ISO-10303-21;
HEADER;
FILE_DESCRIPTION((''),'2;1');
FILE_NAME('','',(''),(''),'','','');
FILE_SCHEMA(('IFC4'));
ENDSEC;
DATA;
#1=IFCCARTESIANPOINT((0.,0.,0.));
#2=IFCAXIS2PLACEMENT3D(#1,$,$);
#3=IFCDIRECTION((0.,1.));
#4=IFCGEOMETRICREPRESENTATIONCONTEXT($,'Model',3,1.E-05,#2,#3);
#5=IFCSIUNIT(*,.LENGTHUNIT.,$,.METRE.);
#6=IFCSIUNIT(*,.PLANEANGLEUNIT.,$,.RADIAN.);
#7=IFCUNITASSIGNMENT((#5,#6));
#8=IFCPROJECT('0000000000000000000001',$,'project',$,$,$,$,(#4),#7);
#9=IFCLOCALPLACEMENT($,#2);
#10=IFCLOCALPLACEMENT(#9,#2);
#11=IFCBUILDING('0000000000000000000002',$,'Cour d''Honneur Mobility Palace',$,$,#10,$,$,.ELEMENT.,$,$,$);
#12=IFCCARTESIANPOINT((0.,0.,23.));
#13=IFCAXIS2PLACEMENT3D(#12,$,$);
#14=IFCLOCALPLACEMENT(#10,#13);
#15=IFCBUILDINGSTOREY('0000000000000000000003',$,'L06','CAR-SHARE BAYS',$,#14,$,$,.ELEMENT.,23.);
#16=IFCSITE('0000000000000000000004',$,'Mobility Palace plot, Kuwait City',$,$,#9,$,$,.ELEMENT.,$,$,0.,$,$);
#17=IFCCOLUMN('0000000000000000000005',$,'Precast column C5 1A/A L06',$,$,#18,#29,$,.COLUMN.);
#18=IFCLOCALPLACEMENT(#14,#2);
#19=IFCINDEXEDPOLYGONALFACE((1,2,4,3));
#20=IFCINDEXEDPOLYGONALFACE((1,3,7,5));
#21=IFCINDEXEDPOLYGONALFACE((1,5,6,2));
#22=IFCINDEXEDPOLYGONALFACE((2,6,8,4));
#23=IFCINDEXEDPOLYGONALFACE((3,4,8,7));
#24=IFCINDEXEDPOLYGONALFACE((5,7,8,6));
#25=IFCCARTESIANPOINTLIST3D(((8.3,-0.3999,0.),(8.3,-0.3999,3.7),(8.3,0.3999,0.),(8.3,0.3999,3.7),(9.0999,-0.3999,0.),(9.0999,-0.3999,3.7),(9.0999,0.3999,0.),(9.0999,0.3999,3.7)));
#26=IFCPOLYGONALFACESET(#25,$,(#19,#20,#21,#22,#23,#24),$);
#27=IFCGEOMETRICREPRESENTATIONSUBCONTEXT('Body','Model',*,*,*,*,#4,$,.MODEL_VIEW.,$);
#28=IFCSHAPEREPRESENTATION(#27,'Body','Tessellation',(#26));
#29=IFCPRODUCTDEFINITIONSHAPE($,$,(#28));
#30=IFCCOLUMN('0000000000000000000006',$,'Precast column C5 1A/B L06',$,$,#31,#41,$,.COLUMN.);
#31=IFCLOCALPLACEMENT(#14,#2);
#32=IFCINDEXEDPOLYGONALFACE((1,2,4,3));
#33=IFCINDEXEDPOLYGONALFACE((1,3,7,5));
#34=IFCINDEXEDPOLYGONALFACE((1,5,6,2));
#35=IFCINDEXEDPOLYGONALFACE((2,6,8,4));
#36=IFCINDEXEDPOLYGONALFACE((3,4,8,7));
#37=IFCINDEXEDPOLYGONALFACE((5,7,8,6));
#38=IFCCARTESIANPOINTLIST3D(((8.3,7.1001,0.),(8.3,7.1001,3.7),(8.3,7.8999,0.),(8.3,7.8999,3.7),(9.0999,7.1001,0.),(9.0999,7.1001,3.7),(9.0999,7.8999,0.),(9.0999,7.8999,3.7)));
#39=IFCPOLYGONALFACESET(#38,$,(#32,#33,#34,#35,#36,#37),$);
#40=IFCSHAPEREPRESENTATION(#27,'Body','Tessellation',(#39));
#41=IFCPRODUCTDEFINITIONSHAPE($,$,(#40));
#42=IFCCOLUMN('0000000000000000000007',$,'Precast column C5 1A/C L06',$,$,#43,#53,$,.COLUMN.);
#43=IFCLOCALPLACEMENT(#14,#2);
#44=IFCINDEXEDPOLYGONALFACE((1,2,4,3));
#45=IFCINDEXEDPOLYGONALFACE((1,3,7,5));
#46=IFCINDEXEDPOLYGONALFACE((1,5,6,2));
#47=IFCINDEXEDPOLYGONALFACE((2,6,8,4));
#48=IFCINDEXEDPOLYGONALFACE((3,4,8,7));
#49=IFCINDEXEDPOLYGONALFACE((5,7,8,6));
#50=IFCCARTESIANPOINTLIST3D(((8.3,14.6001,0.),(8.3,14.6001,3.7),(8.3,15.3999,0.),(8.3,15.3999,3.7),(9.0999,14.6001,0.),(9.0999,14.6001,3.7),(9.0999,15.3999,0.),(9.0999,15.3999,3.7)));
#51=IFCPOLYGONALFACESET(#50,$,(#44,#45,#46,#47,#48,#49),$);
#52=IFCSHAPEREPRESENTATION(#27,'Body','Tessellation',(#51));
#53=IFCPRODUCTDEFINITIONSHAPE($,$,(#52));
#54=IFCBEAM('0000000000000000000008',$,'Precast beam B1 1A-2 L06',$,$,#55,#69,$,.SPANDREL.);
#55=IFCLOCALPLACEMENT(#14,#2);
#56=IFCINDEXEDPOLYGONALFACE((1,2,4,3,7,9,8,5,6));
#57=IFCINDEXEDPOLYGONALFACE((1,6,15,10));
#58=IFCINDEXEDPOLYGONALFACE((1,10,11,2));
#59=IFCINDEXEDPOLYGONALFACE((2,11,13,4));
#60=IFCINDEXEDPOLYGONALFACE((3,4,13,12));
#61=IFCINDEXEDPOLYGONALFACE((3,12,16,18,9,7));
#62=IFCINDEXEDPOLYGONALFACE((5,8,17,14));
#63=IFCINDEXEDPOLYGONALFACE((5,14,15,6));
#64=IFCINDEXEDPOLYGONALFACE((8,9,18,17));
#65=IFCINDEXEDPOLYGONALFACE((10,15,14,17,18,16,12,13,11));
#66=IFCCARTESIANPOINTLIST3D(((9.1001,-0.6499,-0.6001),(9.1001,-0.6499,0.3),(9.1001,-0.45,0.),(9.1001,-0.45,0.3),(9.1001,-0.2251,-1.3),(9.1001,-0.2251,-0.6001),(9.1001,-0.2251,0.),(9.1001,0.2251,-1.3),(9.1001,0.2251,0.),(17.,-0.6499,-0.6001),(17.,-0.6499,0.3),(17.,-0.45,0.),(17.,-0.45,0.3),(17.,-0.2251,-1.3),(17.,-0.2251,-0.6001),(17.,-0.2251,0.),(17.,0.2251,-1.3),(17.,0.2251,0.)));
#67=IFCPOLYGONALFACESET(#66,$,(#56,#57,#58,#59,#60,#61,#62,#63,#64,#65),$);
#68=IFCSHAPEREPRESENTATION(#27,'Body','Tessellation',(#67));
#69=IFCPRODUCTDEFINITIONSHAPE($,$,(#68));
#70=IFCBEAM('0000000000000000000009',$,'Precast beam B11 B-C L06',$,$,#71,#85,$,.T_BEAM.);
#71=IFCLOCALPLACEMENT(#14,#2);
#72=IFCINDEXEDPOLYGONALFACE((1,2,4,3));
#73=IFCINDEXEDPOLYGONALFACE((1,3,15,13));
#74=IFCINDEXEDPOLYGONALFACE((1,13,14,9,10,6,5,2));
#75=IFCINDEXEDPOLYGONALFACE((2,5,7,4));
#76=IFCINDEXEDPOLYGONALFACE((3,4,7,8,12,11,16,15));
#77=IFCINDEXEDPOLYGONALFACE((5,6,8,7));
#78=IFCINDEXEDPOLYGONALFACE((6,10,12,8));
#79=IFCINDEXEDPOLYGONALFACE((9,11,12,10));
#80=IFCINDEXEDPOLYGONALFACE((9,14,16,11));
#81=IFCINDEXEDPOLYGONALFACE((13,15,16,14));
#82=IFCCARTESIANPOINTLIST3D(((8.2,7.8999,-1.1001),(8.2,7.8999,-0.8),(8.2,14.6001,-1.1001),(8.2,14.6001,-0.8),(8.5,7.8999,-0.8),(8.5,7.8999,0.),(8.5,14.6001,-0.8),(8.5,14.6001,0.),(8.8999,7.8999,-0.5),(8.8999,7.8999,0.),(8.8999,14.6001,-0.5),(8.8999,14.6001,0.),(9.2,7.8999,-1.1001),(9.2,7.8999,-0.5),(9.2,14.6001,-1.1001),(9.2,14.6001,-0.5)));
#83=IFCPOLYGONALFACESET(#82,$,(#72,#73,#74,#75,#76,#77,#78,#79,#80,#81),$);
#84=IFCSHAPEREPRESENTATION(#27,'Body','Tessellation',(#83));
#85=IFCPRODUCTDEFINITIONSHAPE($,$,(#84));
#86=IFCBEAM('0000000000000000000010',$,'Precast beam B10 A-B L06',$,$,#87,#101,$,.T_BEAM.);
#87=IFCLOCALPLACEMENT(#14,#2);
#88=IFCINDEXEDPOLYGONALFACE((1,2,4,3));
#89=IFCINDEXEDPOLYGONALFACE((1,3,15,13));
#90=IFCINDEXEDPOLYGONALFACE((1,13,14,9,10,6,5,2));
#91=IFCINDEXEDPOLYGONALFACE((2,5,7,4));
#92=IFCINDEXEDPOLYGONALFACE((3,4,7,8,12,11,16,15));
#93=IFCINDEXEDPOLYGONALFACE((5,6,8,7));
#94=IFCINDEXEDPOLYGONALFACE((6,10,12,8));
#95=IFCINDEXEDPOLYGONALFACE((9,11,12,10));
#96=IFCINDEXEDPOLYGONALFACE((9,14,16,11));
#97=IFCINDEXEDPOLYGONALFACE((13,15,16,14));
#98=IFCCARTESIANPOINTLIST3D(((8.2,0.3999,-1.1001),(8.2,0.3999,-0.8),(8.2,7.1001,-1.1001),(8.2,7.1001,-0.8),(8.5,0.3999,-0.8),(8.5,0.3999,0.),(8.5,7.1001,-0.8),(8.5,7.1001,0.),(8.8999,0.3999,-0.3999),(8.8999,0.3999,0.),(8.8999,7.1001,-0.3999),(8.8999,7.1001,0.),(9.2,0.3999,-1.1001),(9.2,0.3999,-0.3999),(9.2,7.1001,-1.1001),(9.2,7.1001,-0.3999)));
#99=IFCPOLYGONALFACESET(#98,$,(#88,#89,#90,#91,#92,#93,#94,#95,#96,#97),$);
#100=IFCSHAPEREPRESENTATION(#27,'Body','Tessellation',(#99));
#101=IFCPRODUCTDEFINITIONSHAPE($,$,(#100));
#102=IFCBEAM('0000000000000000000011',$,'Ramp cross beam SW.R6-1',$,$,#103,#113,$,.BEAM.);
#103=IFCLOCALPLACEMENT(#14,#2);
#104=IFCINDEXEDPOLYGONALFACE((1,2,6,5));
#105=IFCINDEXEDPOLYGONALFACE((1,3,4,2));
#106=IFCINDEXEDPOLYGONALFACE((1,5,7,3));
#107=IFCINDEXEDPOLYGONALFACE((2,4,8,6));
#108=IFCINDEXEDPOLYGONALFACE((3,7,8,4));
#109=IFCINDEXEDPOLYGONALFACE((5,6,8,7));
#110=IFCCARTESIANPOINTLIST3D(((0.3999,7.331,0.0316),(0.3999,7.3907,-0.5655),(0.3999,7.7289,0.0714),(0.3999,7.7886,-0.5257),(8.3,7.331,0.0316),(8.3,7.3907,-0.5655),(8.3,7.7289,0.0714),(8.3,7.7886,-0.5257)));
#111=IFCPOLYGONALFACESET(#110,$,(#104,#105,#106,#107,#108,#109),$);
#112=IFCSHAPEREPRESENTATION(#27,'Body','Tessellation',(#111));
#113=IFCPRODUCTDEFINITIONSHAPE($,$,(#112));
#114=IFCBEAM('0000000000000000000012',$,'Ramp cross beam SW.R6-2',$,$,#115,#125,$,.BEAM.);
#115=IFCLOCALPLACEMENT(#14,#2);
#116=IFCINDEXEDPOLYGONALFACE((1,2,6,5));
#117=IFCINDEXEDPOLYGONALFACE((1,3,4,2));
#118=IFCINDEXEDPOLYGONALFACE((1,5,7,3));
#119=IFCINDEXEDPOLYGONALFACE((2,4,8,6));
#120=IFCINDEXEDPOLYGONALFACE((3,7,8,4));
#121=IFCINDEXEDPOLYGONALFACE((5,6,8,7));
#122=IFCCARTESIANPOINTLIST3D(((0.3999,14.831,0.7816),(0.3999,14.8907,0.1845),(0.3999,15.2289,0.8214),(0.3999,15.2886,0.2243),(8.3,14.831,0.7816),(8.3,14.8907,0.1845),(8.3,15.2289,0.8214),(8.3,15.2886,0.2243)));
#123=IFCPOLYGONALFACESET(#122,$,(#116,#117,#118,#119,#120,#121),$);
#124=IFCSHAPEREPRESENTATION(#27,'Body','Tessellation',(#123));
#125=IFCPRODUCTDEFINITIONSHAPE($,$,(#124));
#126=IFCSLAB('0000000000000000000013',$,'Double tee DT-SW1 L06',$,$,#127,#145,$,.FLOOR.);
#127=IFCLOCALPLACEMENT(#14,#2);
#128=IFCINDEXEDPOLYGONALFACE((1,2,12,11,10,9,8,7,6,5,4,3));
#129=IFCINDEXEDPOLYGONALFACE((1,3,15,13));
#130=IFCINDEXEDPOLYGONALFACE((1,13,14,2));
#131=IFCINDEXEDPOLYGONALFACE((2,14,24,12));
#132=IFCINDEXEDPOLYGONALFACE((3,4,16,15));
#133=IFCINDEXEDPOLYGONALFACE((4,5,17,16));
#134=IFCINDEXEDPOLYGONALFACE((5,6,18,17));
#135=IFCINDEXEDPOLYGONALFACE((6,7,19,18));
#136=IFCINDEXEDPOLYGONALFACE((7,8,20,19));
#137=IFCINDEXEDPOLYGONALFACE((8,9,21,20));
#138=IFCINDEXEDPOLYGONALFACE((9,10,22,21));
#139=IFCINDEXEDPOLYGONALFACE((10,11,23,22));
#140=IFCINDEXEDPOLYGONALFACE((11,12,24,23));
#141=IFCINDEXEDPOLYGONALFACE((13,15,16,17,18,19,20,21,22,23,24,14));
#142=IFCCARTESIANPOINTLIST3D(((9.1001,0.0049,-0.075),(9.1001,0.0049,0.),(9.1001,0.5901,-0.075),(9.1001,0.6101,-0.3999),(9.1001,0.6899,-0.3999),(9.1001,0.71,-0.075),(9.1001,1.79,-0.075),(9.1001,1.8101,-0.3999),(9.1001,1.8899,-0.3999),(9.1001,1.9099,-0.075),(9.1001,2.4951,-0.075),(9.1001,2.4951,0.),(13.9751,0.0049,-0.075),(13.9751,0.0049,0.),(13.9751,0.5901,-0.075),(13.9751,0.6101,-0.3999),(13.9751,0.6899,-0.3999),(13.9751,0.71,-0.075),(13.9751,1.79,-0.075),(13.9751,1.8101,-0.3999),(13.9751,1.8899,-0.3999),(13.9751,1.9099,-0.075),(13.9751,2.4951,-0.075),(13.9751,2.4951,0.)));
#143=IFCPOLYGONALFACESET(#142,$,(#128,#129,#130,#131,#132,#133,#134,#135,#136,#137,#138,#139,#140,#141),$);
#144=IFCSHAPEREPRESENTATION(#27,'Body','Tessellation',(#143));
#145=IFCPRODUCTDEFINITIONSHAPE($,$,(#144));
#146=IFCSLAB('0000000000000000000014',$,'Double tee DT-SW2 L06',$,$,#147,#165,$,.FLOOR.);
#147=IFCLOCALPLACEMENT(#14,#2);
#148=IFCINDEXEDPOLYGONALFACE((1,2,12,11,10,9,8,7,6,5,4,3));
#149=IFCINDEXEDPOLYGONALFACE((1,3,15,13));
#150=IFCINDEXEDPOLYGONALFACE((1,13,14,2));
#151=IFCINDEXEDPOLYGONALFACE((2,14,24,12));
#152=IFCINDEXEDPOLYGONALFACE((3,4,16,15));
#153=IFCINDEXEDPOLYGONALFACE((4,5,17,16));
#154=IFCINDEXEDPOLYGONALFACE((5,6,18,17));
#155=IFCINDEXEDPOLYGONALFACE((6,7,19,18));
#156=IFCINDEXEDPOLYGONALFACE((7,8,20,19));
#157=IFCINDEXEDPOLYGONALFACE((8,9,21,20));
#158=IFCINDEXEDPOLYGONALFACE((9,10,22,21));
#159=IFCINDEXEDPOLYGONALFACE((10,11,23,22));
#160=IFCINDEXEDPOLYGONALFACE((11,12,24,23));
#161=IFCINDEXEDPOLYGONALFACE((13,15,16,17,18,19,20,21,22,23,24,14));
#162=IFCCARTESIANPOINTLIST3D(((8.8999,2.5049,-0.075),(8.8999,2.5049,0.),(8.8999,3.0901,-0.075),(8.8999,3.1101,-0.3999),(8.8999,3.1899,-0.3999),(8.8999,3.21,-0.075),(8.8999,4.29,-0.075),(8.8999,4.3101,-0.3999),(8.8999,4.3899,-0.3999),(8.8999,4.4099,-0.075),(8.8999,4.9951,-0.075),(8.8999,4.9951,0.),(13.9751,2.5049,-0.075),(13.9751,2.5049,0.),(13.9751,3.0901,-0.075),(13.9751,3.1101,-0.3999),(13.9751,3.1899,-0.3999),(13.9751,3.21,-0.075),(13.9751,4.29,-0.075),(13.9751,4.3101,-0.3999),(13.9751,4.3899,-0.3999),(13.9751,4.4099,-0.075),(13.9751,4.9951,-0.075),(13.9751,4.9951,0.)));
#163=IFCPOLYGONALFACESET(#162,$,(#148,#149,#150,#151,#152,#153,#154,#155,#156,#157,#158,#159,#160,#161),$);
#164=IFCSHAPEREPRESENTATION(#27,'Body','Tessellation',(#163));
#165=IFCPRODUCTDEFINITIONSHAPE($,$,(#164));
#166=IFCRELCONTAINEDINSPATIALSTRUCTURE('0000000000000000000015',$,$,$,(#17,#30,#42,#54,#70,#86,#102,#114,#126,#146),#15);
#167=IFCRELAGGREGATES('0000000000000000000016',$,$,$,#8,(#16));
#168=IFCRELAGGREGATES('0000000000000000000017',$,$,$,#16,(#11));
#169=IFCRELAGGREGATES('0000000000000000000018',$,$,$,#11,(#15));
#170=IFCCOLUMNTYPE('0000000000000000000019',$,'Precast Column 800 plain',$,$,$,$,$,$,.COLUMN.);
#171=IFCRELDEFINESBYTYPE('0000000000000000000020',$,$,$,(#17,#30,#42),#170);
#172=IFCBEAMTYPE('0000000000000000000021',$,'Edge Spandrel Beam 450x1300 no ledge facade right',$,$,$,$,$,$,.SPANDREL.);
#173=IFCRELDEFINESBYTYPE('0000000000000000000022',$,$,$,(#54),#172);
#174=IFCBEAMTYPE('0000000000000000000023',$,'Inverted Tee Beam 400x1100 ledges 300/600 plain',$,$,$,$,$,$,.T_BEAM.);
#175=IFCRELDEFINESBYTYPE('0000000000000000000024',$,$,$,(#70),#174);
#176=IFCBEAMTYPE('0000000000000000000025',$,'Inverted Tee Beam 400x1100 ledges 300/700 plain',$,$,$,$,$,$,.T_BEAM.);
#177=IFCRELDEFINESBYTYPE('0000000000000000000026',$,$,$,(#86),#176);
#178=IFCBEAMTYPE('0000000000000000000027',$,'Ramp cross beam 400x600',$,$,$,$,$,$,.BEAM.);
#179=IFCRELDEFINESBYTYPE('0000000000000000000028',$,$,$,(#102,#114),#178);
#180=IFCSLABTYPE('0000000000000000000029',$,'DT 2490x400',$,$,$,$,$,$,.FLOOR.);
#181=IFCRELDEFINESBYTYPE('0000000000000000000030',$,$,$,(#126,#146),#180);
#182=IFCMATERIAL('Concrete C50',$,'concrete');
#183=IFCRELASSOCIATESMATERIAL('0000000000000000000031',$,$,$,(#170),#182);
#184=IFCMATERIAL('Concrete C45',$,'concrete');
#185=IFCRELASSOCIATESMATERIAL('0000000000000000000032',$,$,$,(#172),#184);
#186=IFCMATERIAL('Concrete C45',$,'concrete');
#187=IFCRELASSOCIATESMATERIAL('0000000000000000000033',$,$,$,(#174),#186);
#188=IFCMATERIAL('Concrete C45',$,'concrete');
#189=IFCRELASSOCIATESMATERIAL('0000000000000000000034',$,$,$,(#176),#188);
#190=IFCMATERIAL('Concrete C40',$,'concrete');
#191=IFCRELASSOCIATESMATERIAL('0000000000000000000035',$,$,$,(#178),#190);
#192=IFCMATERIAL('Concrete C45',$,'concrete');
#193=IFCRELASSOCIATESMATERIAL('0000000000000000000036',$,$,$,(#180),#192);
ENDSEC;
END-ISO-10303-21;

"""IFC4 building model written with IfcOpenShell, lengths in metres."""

from ifc_helpers import new_model, si_unit, direction, frame, origin, origin_2d, place, context, subcontext, project, spatial, polyline, rectangle, outline, extrude, material, material_profile, profile_set, type_object, element, save


model = new_model("IFC4")

# Units and contexts
model_context = context("Model", 3, precision=1e-05, world=origin(), true_north=direction((0.0, 1.0)))
body_context = subcontext(model_context, "Body", "Model", "MODEL_VIEW")
ifc_project = project(units=[si_unit("LENGTHUNIT", "METRE"), si_unit("PLANEANGLEUNIT", "RADIAN")], contexts=[model_context])

# Site, building, storey
site_placement = place(None, origin())
site = spatial("IfcSite", under=ifc_project, at=site_placement, Name="Mobility Palace plot, Kuwait City", CompositionType="ELEMENT", RefElevation=0.0)
building_placement = place(site_placement, origin())
building = spatial("IfcBuilding", under=site, at=building_placement, Name="Cour d'Honneur Mobility Palace", CompositionType="ELEMENT")
storey_placement = place(building_placement, frame((0.0, 0.0, 23.0)))
storey = spatial("IfcBuildingStorey", under=building, at=storey_placement, Name="L06", Description="CAR-SHARE BAYS", CompositionType="ELEMENT", Elevation=23.0)

# Columns
ifc_material_1 = material(Name="Concrete C50", Category="concrete")
ifc_material_profile_1 = material_profile(ifc_material_1, outline(polyline([(-0.3999, -0.3999), (0.3999, -0.3999), (0.3999, 0.3999), (-0.3999, 0.3999), (-0.3999, -0.3999)])), Name="PC C800 plain")
ifc_profile_set_1 = profile_set([ifc_material_profile_1], Name="Concrete C50")
column_type = type_object("IfcColumnType", Name="Precast Column 800 plain", PredefinedType="COLUMN", material=ifc_profile_set_1)
for number, where, z_axis, x_axis, name in (
    (1, (8.7, 0.0, 0.0), (0.0, 0.0, 1.0), (1.0, 0.0, 0.0), "Precast column C5 1A/A L06"),
    (2, (8.7, 7.5, 0.0), (0.0, 0.0, 1.0), (1.0, 0.0, 0.0), "Precast column C5 1A/B L06"),
    (3, (8.7, 15.0, 0.0), (0.0, 0.0, 1.0), (1.0, 0.0, 0.0), "Precast column C5 1A/C L06"),
):
    element("IfcColumn", number, at=place(storey_placement, frame(where, z_axis=z_axis, x_axis=x_axis)), inside=storey, type_object=column_type, Name=name, PredefinedType="COLUMN", context=body_context, shape_type="SweptSolid", body=[
        extrude(outline(polyline([(-0.3999, -0.3999), (0.3999, -0.3999), (0.3999, 0.3999), (-0.3999, 0.3999), (-0.3999, -0.3999)])), origin(), (0.0, 0.0, 1.0), 3.7),
    ])

# Beams
ifc_material_2 = material(Name="Concrete C45", Category="concrete")
ifc_material_profile_2 = material_profile(ifc_material_2, outline(polyline([(0.2251, -1.3), (0.2251, 0.0), (-0.2251, 0.0), (-0.45, 0.0), (-0.45, 0.3), (-0.6499, 0.3), (-0.6499, -0.6001), (-0.2251, -0.6001), (-0.2251, -1.3), (0.2251, -1.3)])), Name="Edge Spandrel Beam 450x1300 no ledge facade right")
ifc_profile_set_2 = profile_set([ifc_material_profile_2], Name="Concrete C45")
beam_type_1 = type_object("IfcBeamType", Name="Edge Spandrel Beam 450x1300 no ledge facade right", PredefinedType="SPANDREL", material=ifc_profile_set_2)
beam_1_placement = place(storey_placement, frame((9.1001, 0.0, 0.0), z_axis=(1.0, 0.0, 0.0), x_axis=(0.0, 1.0, 0.0)))
element("IfcBeam", 4, at=beam_1_placement, inside=storey, type_object=beam_type_1, Name="Precast beam B1 1A-2 L06", PredefinedType="SPANDREL", context=body_context, shape_type="SweptSolid", body=[
    extrude(outline(polyline([(0.2251, -1.3), (0.2251, 0.0), (-0.2251, 0.0), (-0.45, 0.0), (-0.45, 0.3), (-0.6499, 0.3), (-0.6499, -0.6001), (-0.2251, -0.6001), (-0.2251, -1.3), (0.2251, -1.3)])), origin(), (0.0, 0.0, 1.0), 7.8999),
])
ifc_material_3 = material(Name="Concrete C45", Category="concrete")
ifc_material_profile_3 = material_profile(ifc_material_3, outline(polyline([(0.5, -1.1001), (0.5, -0.8), (0.2, -0.8), (0.2, 0.0), (-0.2, 0.0), (-0.2, -0.5), (-0.5, -0.5), (-0.5, -1.1001), (0.5, -1.1001)])), Name="Inverted Tee Beam 400x1100 ledges 300/600 plain")
ifc_profile_set_3 = profile_set([ifc_material_profile_3], Name="Concrete C45")
beam_type_2 = type_object("IfcBeamType", Name="Inverted Tee Beam 400x1100 ledges 300/600 plain", PredefinedType="T_BEAM", material=ifc_profile_set_3)
beam_2_placement = place(storey_placement, frame((8.7, 7.8999, 0.0), z_axis=(0.0, 1.0, 0.0), x_axis=(-1.0, 0.0, 0.0)))
element("IfcBeam", 5, at=beam_2_placement, inside=storey, type_object=beam_type_2, Name="Precast beam B11 B-C L06", PredefinedType="T_BEAM", context=body_context, shape_type="SweptSolid", body=[
    extrude(outline(polyline([(0.5, -1.1001), (0.5, -0.8), (0.2, -0.8), (0.2, 0.0), (-0.2, 0.0), (-0.2, -0.5), (-0.5, -0.5), (-0.5, -1.1001), (0.5, -1.1001)])), origin(), (0.0, 0.0, 1.0), 6.7002),
])
ifc_material_4 = material(Name="Concrete C45", Category="concrete")
ifc_material_profile_4 = material_profile(ifc_material_4, outline(polyline([(0.5, -1.1001), (0.5, -0.8), (0.2, -0.8), (0.2, 0.0), (-0.2, 0.0), (-0.2, -0.3999), (-0.5, -0.3999), (-0.5, -1.1001), (0.5, -1.1001)])), Name="Inverted Tee Beam 400x1100 ledges 300/700 plain")
ifc_profile_set_4 = profile_set([ifc_material_profile_4], Name="Concrete C45")
beam_type_3 = type_object("IfcBeamType", Name="Inverted Tee Beam 400x1100 ledges 300/700 plain", PredefinedType="T_BEAM", material=ifc_profile_set_4)
beam_3_placement = place(storey_placement, frame((8.7, 0.3999, 0.0), z_axis=(0.0, 1.0, 0.0), x_axis=(-1.0, 0.0, 0.0)))
element("IfcBeam", 6, at=beam_3_placement, inside=storey, type_object=beam_type_3, Name="Precast beam B10 A-B L06", PredefinedType="T_BEAM", context=body_context, shape_type="SweptSolid", body=[
    extrude(outline(polyline([(0.5, -1.1001), (0.5, -0.8), (0.2, -0.8), (0.2, 0.0), (-0.2, 0.0), (-0.2, -0.3999), (-0.5, -0.3999), (-0.5, -1.1001), (0.5, -1.1001)])), origin(), (0.0, 0.0, 1.0), 6.7002),
])
ifc_material_5 = material(Name="Concrete C40", Category="concrete")
ifc_material_profile_5 = material_profile(ifc_material_5, rectangle(XDim=0.3999, YDim=0.6001, at=origin_2d()), Name="Ramp cross beam 400x600")
ifc_profile_set_5 = profile_set([ifc_material_profile_5], Name="Concrete C40")
beam_type_4 = type_object("IfcBeamType", Name="Ramp cross beam 400x600", PredefinedType="BEAM", material=ifc_profile_set_5)
for number, where, z_axis, x_axis, name in (
    (7, (0.3999, 7.5598, -0.2471), (1.0, 0.0, 0.0), (0.0, 0.995037, 0.099504), "Ramp cross beam SW.R6-1"),
    (8, (0.3999, 15.0598, 0.5029), (1.0, 0.0, 0.0), (0.0, 0.995037, 0.099504), "Ramp cross beam SW.R6-2"),
):
    element("IfcBeam", number, at=place(storey_placement, frame(where, z_axis=z_axis, x_axis=x_axis)), inside=storey, type_object=beam_type_4, Name=name, PredefinedType="BEAM", context=body_context, shape_type="SweptSolid", body=[
        extrude(rectangle(XDim=0.3999, YDim=0.6001, at=origin_2d()), origin(), (0.0, 0.0, 1.0), 7.9001),
    ])

# Slabs
ifc_material_6 = material(Name="Concrete C45", Category="concrete")
ifc_material_profile_6 = material_profile(ifc_material_6, outline(polyline([(-1.2451, 0.0), (1.2451, 0.0), (1.2451, -0.075), (0.6599, -0.075), (0.6399, -0.3999), (0.5601, -0.3999), (0.54, -0.075), (-0.54, -0.075), (-0.5601, -0.3999), (-0.6399, -0.3999), (-0.6599, -0.075), (-1.2451, -0.075), (-1.2451, 0.0)])), Name="DT 2490x400")
ifc_profile_set_6 = profile_set([ifc_material_profile_6], Name="Concrete C45")
slab_type_1 = type_object("IfcSlabType", Name="DT 2490x400", PredefinedType="FLOOR", material=ifc_profile_set_6)
slab_1_placement = place(storey_placement, frame((9.1001, 1.25, 0.0), z_axis=(1.0, 0.0, 0.0), x_axis=(0.0, 1.0, 0.0)))
element("IfcSlab", 9, at=slab_1_placement, inside=storey, type_object=slab_type_1, Name="Double tee DT-SW1 L06", PredefinedType="FLOOR", context=body_context, shape_type="SweptSolid", body=[
    extrude(outline(polyline([(-1.2451, 0.0), (1.2451, 0.0), (1.2451, -0.075), (0.6599, -0.075), (0.6399, -0.3999), (0.5601, -0.3999), (0.54, -0.075), (-0.54, -0.075), (-0.5601, -0.3999), (-0.6399, -0.3999), (-0.6599, -0.075), (-1.2451, -0.075), (-1.2451, 0.0)])), origin(), (0.0, 0.0, 1.0), 4.875),
])
slab_2_placement = place(storey_placement, frame((8.8999, 3.75, 0.0), z_axis=(1.0, 0.0, 0.0), x_axis=(0.0, 1.0, 0.0)))
element("IfcSlab", 10, at=slab_2_placement, inside=storey, type_object=slab_type_1, Name="Double tee DT-SW2 L06", PredefinedType="FLOOR", context=body_context, shape_type="SweptSolid", body=[
    extrude(outline(polyline([(-1.2451, 0.0), (1.2451, 0.0), (1.2451, -0.075), (0.6599, -0.075), (0.6399, -0.3999), (0.5601, -0.3999), (0.54, -0.075), (-0.54, -0.075), (-0.5601, -0.3999), (-0.6399, -0.3999), (-0.6599, -0.075), (-1.2451, -0.075), (-1.2451, 0.0)])), origin(), (0.0, 0.0, 1.0), 5.0752),
])

save(model, "model.ifc")
